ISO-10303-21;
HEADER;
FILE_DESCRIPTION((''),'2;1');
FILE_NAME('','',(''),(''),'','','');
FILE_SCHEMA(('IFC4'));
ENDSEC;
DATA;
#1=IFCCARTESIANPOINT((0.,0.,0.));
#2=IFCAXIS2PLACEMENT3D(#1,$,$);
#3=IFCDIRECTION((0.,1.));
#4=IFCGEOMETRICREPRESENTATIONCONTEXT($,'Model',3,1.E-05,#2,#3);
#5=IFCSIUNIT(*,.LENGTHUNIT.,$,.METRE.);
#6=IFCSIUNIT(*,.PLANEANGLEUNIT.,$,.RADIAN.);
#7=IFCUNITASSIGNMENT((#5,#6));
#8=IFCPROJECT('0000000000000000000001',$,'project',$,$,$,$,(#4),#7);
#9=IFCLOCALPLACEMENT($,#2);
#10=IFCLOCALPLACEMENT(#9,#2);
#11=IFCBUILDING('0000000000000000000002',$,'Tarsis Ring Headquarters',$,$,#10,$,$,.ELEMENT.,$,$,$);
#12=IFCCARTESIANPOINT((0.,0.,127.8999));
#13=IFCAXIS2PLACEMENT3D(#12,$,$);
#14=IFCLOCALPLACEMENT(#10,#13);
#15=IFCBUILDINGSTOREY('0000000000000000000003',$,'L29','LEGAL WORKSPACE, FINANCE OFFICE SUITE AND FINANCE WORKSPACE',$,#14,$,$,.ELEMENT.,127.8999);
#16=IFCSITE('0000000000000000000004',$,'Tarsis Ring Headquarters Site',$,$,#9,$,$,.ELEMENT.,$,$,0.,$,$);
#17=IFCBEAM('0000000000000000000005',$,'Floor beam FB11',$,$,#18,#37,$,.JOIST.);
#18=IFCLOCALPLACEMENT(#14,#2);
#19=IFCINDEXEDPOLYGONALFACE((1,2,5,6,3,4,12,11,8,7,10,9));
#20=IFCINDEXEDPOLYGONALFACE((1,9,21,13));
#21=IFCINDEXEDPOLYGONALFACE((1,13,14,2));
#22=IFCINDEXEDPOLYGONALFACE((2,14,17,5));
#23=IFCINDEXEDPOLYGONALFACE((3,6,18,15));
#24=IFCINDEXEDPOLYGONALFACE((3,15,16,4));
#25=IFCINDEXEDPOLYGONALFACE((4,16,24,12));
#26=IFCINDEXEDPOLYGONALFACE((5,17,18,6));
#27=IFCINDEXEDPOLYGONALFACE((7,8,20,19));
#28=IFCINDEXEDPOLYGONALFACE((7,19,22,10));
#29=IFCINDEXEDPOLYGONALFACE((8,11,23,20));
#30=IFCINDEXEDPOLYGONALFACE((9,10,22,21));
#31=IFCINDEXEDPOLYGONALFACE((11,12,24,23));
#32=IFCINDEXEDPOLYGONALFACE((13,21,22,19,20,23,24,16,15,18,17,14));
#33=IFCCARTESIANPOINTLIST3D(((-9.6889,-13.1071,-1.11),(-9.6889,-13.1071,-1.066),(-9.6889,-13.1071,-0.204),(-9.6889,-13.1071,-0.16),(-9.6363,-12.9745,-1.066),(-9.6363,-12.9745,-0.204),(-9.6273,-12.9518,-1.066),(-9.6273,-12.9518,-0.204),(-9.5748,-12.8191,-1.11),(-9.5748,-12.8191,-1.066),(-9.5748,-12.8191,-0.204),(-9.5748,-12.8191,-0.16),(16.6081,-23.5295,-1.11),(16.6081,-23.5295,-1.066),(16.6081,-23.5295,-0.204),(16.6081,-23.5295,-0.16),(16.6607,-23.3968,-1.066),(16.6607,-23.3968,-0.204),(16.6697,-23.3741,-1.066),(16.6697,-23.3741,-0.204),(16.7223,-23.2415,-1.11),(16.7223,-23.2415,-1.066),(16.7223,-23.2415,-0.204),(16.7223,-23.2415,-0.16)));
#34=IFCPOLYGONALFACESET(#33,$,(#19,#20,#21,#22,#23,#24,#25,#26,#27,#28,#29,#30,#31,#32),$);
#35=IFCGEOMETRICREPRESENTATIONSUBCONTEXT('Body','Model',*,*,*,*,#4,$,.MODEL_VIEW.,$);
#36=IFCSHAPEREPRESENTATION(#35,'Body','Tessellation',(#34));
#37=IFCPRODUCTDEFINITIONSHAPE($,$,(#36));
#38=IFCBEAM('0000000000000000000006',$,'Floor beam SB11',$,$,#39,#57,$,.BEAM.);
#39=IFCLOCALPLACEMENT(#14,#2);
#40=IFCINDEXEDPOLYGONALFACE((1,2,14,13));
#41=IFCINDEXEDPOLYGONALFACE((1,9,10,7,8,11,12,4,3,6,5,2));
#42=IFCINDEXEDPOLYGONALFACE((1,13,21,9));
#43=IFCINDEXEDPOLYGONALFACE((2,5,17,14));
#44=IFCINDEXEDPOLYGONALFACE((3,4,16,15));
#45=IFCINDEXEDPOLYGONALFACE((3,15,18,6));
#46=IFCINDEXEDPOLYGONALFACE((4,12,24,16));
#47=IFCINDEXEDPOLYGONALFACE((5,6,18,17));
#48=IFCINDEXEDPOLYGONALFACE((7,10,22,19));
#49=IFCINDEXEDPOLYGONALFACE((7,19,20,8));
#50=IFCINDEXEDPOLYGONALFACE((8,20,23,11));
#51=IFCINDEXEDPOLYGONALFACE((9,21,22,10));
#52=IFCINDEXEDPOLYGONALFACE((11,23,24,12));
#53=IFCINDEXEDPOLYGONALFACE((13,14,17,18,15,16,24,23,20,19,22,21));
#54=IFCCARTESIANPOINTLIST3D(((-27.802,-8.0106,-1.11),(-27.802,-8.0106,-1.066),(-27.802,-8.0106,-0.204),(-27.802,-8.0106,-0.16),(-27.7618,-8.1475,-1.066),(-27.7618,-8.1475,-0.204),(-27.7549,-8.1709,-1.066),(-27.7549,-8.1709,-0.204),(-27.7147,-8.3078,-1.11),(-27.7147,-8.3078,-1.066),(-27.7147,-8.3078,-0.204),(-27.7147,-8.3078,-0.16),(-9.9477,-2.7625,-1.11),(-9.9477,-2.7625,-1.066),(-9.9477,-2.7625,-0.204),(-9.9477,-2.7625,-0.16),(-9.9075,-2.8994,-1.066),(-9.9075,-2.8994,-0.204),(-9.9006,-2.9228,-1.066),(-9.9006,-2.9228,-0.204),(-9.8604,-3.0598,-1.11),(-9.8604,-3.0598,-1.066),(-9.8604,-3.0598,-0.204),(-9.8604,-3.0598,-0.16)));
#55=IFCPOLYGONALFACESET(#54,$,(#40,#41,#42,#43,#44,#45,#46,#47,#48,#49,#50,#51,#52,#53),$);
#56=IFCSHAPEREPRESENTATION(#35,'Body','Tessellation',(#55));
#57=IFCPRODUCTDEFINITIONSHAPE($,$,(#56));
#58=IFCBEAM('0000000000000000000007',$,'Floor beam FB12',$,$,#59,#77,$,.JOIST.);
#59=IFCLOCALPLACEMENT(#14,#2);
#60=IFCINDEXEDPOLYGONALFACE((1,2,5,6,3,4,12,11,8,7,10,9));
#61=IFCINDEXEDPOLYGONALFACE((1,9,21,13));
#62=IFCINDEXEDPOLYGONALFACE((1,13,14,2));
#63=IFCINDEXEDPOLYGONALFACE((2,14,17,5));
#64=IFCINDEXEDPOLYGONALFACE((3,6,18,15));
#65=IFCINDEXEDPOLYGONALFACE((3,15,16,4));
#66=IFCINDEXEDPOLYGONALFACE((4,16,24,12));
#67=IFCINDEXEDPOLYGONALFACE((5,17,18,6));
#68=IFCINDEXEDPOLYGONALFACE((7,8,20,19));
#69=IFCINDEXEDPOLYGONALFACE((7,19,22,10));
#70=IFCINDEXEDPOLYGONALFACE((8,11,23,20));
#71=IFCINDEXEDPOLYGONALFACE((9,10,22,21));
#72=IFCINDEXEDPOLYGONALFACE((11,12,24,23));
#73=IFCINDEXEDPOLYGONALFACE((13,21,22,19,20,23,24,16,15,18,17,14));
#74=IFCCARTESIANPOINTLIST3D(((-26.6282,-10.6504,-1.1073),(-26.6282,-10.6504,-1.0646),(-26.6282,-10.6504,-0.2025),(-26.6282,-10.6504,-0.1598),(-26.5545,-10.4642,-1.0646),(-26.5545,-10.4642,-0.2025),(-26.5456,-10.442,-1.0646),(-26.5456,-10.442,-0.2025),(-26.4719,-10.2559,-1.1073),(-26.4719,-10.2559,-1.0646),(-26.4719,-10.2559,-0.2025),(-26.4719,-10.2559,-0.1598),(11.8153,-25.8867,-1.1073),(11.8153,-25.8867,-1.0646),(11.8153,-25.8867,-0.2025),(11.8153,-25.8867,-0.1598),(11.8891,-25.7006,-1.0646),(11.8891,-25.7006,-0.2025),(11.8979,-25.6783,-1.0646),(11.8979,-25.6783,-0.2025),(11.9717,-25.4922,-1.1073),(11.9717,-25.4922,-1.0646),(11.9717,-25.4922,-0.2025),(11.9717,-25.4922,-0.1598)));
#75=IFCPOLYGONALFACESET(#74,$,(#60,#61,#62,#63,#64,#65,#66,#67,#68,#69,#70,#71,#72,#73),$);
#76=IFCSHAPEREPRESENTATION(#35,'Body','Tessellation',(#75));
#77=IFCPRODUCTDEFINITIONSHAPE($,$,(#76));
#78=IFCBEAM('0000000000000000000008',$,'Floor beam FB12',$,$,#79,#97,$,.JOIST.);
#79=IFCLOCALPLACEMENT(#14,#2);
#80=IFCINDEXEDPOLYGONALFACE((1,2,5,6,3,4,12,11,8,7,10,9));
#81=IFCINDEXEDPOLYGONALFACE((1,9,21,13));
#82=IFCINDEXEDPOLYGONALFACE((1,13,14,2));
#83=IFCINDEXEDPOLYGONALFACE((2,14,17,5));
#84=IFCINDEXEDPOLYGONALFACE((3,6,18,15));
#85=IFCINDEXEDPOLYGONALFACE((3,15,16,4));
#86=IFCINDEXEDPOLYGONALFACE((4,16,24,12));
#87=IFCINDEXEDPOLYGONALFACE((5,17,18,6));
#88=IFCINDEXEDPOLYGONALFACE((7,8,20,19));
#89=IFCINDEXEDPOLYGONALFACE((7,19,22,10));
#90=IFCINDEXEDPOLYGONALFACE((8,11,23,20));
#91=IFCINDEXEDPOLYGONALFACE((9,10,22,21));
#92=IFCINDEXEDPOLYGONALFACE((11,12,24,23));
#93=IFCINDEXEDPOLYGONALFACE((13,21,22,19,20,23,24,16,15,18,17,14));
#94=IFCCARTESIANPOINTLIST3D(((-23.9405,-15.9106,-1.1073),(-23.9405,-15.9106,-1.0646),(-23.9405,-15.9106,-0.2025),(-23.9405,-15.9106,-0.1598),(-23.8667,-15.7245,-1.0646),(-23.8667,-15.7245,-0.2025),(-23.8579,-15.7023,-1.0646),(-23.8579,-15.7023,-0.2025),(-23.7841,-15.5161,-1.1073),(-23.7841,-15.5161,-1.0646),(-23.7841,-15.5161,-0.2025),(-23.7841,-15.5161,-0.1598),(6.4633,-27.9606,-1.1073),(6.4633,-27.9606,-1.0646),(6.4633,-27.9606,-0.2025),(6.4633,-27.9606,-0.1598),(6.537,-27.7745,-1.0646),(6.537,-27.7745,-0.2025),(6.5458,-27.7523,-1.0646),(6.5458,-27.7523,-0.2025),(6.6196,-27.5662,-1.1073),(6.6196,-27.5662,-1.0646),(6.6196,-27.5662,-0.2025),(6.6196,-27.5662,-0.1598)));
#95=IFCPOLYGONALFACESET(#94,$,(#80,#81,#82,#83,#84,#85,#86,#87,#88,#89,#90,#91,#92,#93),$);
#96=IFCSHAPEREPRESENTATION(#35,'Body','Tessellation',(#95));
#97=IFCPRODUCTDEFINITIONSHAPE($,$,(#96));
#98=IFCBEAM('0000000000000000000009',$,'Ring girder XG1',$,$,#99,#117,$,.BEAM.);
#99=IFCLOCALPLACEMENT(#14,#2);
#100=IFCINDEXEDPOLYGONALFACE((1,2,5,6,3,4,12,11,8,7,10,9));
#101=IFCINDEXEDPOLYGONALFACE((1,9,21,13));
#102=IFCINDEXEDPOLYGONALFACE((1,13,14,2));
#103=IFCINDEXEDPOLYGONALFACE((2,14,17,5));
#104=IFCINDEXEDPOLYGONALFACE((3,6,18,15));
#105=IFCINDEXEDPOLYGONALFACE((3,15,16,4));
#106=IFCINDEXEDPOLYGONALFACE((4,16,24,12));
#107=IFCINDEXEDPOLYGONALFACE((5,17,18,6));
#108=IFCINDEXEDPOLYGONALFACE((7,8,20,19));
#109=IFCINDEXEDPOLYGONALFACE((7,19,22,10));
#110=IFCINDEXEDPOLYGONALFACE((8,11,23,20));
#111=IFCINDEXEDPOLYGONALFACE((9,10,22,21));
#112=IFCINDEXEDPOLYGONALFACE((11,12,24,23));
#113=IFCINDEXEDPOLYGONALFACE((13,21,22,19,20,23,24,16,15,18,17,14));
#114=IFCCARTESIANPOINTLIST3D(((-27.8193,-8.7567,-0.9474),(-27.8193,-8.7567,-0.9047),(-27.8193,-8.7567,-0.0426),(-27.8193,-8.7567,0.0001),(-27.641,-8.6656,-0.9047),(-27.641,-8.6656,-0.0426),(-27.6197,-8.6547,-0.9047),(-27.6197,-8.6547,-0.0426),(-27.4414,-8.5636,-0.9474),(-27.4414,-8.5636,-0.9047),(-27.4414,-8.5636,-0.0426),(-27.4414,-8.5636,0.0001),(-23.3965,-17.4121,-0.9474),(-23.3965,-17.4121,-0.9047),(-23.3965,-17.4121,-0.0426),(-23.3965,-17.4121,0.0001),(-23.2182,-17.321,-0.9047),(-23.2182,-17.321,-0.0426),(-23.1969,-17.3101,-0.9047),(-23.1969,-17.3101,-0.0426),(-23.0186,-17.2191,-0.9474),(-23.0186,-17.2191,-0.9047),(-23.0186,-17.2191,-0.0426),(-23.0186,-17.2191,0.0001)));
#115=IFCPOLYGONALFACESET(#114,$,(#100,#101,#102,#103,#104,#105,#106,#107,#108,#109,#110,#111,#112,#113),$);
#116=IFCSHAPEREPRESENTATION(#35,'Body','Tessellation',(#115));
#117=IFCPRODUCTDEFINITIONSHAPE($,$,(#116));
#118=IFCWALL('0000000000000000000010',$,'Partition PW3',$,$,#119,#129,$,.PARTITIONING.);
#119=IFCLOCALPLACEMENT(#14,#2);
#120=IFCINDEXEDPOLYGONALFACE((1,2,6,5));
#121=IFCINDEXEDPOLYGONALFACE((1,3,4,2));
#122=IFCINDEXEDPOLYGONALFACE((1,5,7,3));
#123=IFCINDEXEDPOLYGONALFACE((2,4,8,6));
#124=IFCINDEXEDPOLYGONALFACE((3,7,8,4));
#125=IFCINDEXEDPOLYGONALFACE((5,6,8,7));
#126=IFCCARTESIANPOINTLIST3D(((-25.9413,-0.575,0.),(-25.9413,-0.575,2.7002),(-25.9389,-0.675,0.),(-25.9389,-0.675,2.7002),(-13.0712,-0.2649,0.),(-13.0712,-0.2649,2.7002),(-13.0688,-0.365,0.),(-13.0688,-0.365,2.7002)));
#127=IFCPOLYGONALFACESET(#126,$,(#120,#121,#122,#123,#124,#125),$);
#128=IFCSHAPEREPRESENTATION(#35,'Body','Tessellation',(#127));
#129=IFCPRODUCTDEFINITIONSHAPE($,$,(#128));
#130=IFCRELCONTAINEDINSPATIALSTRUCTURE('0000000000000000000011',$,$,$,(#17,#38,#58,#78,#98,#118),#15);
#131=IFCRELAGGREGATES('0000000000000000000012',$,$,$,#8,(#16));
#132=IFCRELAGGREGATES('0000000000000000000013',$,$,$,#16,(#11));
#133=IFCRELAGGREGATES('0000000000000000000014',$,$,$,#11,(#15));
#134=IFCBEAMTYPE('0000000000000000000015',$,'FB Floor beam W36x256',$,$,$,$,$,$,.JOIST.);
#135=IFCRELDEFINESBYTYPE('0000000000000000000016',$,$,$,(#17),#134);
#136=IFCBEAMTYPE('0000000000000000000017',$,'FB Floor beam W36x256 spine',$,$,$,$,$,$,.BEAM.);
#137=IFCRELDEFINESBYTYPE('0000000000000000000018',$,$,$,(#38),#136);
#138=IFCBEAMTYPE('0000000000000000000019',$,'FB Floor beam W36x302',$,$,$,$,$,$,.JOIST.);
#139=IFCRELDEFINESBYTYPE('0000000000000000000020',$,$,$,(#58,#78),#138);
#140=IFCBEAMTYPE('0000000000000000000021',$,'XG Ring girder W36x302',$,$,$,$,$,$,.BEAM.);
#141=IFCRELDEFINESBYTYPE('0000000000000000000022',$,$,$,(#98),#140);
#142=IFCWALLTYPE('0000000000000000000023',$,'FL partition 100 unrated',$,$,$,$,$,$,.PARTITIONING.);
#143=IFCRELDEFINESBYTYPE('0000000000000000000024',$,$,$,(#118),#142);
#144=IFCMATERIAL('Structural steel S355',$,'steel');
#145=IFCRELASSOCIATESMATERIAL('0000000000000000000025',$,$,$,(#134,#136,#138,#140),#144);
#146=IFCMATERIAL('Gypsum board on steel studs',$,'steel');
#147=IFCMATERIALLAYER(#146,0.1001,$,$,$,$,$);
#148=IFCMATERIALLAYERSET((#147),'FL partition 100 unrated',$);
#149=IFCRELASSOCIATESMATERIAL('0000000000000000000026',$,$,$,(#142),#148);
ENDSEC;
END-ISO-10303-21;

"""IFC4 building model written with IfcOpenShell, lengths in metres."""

from ifc_helpers import new_model, si_unit, direction, frame, frame_2d, origin, origin_2d, place, context, subcontext, project, spatial, rectangle, i_section, extrude, material, layer, layer_set, material_profile, profile_set, type_object, element, save


model = new_model("IFC4")

# Units and contexts
model_context = context("Model", 3, precision=1e-05, world=origin(), true_north=direction((0.0, 1.0)))
body_context = subcontext(model_context, "Body", "Model", "MODEL_VIEW")
ifc_project = project(units=[si_unit("LENGTHUNIT", "METRE"), si_unit("PLANEANGLEUNIT", "RADIAN")], contexts=[model_context])

# Site, building, storey
site_placement = place(None, origin())
site = spatial("IfcSite", under=ifc_project, at=site_placement, Name="Tarsis Ring Headquarters Site", CompositionType="ELEMENT", RefElevation=0.0)
building_placement = place(site_placement, origin())
building = spatial("IfcBuilding", under=site, at=building_placement, Name="Tarsis Ring Headquarters", CompositionType="ELEMENT")
storey_placement = place(building_placement, frame((0.0, 0.0, 127.8999)))
storey = spatial("IfcBuildingStorey", under=building, at=storey_placement, Name="L29", Description="LEGAL WORKSPACE, FINANCE OFFICE SUITE AND FINANCE WORKSPACE", CompositionType="ELEMENT", Elevation=127.8999)

# Shared definitions
ifc_material_1 = material(Name="Structural steel S355", Category="steel")

# Beams
ifc_material_profile_1 = material_profile(ifc_material_1, i_section(OverallWidth=0.3098, OverallDepth=0.95, WebThickness=0.0244, FlangeThickness=0.0439, at=origin_2d()), Name="W36x256")
ifc_profile_set_1 = profile_set([ifc_material_profile_1], Name="Structural steel S355")
beam_type_1 = type_object("IfcBeamType", Name="FB Floor beam W36x256", PredefinedType="JOIST", material=ifc_profile_set_1)
beam_1_placement = place(storey_placement, frame((-9.6318, -12.9631, -0.635), z_axis=(0.929648, -0.368448, 0.0), x_axis=(0.368448, 0.929648, 0.0)))
element("IfcBeam", 1, at=beam_1_placement, inside=storey, type_object=beam_type_1, Name="Floor beam FB11", PredefinedType="JOIST", context=body_context, shape_type="SweptSolid", body=[
    extrude(i_section(OverallWidth=0.3098, OverallDepth=0.95, WebThickness=0.0244, FlangeThickness=0.0439, at=origin_2d()), origin(), (0.0, 0.0, 1.0), 28.2871),
])
beam_type_2 = type_object("IfcBeamType", Name="FB Floor beam W36x256 spine", PredefinedType="BEAM", material=ifc_profile_set_1)
beam_2_placement = place(storey_placement, frame((-9.9041, -2.9111, -0.635), z_axis=(-0.959412, -0.282008, 0.0), x_axis=(0.282008, -0.959412, 0.0)))
element("IfcBeam", 2, at=beam_2_placement, inside=storey, type_object=beam_type_2, Name="Floor beam SB11", PredefinedType="BEAM", context=body_context, shape_type="SweptSolid", body=[
    extrude(i_section(OverallWidth=0.3098, OverallDepth=0.95, WebThickness=0.0244, FlangeThickness=0.0439, at=origin_2d()), origin(), (0.0, 0.0, 1.0), 18.6096),
])
ifc_material_profile_2 = material_profile(ifc_material_1, i_section(OverallWidth=0.4243, OverallDepth=0.9475, WebThickness=0.0239, FlangeThickness=0.0427, at=origin_2d()), Name="W36x302")
ifc_profile_set_2 = profile_set([ifc_material_profile_2], Name="Structural steel S355")
beam_type_3 = type_object("IfcBeamType", Name="FB Floor beam W36x302", PredefinedType="JOIST", material=ifc_profile_set_2)
beam_3_placement = place(storey_placement, frame((-26.55, -10.4531, -0.6335), z_axis=(0.929649, -0.368447, 0.0), x_axis=(0.368447, 0.929649, 0.0)))
element("IfcBeam", 3, at=beam_3_placement, inside=storey, type_object=beam_type_3, Name="Floor beam FB12", PredefinedType="JOIST", context=body_context, shape_type="SweptSolid", body=[
    extrude(i_section(OverallWidth=0.4243, OverallDepth=0.9475, WebThickness=0.0239, FlangeThickness=0.0427, at=origin_2d()), origin(), (0.0, 0.0, 1.0), 41.3528),
])
beam_4_placement = place(storey_placement, frame((-23.8623, -15.7134, -0.6335), z_axis=(0.929647, -0.36845, 0.0), x_axis=(0.36845, 0.929647, 0.0)))
element("IfcBeam", 4, at=beam_4_placement, inside=storey, type_object=beam_type_3, Name="Floor beam FB12", PredefinedType="JOIST", context=body_context, shape_type="SweptSolid", body=[
    extrude(i_section(OverallWidth=0.4243, OverallDepth=0.9475, WebThickness=0.0239, FlangeThickness=0.0427, at=origin_2d()), origin(), (0.0, 0.0, 1.0), 32.7046),
])
beam_type_4 = type_object("IfcBeamType", Name="XG Ring girder W36x302", PredefinedType="BEAM", material=ifc_profile_set_2)
beam_5_placement = place(storey_placement, frame((-27.6304, -8.6602, -0.4736), z_axis=(0.455023, -0.89048, 0.0), x_axis=(0.89048, 0.455023, 0.0)))
element("IfcBeam", 5, at=beam_5_placement, inside=storey, type_object=beam_type_4, Name="Ring girder XG1", PredefinedType="BEAM", context=body_context, shape_type="SweptSolid", body=[
    extrude(i_section(OverallWidth=0.4243, OverallDepth=0.9475, WebThickness=0.0239, FlangeThickness=0.0427, at=origin_2d()), origin(), (0.0, 0.0, 1.0), 9.72),
])

# Wall
ifc_material_2 = material(Name="Gypsum board on steel studs", Category="steel")
ifc_layer_1 = layer(ifc_material_2, 0.1001)
ifc_layer_set_1 = layer_set([ifc_layer_1], Name="FL partition 100 unrated")
wall_type_1 = type_object("IfcWallType", Name="FL partition 100 unrated", PredefinedType="PARTITIONING", material=ifc_layer_set_1)
wall_1_placement = place(storey_placement, frame((-25.9402, -0.625, 0.0), z_axis=(0.0, 0.0, 1.0), x_axis=(0.99971, 0.024084, 0.0)))
element("IfcWall", 6, at=wall_1_placement, inside=storey, type_object=wall_type_1, Name="Partition PW3", PredefinedType="PARTITIONING", context=body_context, shape_type="SweptSolid", body=[
    extrude(rectangle(XDim=12.8738, YDim=0.1001, at=frame_2d((6.437, 0.0))), origin(), (0.0, 0.0, 1.0), 2.7002),
])

save(model, "model.ifc")
